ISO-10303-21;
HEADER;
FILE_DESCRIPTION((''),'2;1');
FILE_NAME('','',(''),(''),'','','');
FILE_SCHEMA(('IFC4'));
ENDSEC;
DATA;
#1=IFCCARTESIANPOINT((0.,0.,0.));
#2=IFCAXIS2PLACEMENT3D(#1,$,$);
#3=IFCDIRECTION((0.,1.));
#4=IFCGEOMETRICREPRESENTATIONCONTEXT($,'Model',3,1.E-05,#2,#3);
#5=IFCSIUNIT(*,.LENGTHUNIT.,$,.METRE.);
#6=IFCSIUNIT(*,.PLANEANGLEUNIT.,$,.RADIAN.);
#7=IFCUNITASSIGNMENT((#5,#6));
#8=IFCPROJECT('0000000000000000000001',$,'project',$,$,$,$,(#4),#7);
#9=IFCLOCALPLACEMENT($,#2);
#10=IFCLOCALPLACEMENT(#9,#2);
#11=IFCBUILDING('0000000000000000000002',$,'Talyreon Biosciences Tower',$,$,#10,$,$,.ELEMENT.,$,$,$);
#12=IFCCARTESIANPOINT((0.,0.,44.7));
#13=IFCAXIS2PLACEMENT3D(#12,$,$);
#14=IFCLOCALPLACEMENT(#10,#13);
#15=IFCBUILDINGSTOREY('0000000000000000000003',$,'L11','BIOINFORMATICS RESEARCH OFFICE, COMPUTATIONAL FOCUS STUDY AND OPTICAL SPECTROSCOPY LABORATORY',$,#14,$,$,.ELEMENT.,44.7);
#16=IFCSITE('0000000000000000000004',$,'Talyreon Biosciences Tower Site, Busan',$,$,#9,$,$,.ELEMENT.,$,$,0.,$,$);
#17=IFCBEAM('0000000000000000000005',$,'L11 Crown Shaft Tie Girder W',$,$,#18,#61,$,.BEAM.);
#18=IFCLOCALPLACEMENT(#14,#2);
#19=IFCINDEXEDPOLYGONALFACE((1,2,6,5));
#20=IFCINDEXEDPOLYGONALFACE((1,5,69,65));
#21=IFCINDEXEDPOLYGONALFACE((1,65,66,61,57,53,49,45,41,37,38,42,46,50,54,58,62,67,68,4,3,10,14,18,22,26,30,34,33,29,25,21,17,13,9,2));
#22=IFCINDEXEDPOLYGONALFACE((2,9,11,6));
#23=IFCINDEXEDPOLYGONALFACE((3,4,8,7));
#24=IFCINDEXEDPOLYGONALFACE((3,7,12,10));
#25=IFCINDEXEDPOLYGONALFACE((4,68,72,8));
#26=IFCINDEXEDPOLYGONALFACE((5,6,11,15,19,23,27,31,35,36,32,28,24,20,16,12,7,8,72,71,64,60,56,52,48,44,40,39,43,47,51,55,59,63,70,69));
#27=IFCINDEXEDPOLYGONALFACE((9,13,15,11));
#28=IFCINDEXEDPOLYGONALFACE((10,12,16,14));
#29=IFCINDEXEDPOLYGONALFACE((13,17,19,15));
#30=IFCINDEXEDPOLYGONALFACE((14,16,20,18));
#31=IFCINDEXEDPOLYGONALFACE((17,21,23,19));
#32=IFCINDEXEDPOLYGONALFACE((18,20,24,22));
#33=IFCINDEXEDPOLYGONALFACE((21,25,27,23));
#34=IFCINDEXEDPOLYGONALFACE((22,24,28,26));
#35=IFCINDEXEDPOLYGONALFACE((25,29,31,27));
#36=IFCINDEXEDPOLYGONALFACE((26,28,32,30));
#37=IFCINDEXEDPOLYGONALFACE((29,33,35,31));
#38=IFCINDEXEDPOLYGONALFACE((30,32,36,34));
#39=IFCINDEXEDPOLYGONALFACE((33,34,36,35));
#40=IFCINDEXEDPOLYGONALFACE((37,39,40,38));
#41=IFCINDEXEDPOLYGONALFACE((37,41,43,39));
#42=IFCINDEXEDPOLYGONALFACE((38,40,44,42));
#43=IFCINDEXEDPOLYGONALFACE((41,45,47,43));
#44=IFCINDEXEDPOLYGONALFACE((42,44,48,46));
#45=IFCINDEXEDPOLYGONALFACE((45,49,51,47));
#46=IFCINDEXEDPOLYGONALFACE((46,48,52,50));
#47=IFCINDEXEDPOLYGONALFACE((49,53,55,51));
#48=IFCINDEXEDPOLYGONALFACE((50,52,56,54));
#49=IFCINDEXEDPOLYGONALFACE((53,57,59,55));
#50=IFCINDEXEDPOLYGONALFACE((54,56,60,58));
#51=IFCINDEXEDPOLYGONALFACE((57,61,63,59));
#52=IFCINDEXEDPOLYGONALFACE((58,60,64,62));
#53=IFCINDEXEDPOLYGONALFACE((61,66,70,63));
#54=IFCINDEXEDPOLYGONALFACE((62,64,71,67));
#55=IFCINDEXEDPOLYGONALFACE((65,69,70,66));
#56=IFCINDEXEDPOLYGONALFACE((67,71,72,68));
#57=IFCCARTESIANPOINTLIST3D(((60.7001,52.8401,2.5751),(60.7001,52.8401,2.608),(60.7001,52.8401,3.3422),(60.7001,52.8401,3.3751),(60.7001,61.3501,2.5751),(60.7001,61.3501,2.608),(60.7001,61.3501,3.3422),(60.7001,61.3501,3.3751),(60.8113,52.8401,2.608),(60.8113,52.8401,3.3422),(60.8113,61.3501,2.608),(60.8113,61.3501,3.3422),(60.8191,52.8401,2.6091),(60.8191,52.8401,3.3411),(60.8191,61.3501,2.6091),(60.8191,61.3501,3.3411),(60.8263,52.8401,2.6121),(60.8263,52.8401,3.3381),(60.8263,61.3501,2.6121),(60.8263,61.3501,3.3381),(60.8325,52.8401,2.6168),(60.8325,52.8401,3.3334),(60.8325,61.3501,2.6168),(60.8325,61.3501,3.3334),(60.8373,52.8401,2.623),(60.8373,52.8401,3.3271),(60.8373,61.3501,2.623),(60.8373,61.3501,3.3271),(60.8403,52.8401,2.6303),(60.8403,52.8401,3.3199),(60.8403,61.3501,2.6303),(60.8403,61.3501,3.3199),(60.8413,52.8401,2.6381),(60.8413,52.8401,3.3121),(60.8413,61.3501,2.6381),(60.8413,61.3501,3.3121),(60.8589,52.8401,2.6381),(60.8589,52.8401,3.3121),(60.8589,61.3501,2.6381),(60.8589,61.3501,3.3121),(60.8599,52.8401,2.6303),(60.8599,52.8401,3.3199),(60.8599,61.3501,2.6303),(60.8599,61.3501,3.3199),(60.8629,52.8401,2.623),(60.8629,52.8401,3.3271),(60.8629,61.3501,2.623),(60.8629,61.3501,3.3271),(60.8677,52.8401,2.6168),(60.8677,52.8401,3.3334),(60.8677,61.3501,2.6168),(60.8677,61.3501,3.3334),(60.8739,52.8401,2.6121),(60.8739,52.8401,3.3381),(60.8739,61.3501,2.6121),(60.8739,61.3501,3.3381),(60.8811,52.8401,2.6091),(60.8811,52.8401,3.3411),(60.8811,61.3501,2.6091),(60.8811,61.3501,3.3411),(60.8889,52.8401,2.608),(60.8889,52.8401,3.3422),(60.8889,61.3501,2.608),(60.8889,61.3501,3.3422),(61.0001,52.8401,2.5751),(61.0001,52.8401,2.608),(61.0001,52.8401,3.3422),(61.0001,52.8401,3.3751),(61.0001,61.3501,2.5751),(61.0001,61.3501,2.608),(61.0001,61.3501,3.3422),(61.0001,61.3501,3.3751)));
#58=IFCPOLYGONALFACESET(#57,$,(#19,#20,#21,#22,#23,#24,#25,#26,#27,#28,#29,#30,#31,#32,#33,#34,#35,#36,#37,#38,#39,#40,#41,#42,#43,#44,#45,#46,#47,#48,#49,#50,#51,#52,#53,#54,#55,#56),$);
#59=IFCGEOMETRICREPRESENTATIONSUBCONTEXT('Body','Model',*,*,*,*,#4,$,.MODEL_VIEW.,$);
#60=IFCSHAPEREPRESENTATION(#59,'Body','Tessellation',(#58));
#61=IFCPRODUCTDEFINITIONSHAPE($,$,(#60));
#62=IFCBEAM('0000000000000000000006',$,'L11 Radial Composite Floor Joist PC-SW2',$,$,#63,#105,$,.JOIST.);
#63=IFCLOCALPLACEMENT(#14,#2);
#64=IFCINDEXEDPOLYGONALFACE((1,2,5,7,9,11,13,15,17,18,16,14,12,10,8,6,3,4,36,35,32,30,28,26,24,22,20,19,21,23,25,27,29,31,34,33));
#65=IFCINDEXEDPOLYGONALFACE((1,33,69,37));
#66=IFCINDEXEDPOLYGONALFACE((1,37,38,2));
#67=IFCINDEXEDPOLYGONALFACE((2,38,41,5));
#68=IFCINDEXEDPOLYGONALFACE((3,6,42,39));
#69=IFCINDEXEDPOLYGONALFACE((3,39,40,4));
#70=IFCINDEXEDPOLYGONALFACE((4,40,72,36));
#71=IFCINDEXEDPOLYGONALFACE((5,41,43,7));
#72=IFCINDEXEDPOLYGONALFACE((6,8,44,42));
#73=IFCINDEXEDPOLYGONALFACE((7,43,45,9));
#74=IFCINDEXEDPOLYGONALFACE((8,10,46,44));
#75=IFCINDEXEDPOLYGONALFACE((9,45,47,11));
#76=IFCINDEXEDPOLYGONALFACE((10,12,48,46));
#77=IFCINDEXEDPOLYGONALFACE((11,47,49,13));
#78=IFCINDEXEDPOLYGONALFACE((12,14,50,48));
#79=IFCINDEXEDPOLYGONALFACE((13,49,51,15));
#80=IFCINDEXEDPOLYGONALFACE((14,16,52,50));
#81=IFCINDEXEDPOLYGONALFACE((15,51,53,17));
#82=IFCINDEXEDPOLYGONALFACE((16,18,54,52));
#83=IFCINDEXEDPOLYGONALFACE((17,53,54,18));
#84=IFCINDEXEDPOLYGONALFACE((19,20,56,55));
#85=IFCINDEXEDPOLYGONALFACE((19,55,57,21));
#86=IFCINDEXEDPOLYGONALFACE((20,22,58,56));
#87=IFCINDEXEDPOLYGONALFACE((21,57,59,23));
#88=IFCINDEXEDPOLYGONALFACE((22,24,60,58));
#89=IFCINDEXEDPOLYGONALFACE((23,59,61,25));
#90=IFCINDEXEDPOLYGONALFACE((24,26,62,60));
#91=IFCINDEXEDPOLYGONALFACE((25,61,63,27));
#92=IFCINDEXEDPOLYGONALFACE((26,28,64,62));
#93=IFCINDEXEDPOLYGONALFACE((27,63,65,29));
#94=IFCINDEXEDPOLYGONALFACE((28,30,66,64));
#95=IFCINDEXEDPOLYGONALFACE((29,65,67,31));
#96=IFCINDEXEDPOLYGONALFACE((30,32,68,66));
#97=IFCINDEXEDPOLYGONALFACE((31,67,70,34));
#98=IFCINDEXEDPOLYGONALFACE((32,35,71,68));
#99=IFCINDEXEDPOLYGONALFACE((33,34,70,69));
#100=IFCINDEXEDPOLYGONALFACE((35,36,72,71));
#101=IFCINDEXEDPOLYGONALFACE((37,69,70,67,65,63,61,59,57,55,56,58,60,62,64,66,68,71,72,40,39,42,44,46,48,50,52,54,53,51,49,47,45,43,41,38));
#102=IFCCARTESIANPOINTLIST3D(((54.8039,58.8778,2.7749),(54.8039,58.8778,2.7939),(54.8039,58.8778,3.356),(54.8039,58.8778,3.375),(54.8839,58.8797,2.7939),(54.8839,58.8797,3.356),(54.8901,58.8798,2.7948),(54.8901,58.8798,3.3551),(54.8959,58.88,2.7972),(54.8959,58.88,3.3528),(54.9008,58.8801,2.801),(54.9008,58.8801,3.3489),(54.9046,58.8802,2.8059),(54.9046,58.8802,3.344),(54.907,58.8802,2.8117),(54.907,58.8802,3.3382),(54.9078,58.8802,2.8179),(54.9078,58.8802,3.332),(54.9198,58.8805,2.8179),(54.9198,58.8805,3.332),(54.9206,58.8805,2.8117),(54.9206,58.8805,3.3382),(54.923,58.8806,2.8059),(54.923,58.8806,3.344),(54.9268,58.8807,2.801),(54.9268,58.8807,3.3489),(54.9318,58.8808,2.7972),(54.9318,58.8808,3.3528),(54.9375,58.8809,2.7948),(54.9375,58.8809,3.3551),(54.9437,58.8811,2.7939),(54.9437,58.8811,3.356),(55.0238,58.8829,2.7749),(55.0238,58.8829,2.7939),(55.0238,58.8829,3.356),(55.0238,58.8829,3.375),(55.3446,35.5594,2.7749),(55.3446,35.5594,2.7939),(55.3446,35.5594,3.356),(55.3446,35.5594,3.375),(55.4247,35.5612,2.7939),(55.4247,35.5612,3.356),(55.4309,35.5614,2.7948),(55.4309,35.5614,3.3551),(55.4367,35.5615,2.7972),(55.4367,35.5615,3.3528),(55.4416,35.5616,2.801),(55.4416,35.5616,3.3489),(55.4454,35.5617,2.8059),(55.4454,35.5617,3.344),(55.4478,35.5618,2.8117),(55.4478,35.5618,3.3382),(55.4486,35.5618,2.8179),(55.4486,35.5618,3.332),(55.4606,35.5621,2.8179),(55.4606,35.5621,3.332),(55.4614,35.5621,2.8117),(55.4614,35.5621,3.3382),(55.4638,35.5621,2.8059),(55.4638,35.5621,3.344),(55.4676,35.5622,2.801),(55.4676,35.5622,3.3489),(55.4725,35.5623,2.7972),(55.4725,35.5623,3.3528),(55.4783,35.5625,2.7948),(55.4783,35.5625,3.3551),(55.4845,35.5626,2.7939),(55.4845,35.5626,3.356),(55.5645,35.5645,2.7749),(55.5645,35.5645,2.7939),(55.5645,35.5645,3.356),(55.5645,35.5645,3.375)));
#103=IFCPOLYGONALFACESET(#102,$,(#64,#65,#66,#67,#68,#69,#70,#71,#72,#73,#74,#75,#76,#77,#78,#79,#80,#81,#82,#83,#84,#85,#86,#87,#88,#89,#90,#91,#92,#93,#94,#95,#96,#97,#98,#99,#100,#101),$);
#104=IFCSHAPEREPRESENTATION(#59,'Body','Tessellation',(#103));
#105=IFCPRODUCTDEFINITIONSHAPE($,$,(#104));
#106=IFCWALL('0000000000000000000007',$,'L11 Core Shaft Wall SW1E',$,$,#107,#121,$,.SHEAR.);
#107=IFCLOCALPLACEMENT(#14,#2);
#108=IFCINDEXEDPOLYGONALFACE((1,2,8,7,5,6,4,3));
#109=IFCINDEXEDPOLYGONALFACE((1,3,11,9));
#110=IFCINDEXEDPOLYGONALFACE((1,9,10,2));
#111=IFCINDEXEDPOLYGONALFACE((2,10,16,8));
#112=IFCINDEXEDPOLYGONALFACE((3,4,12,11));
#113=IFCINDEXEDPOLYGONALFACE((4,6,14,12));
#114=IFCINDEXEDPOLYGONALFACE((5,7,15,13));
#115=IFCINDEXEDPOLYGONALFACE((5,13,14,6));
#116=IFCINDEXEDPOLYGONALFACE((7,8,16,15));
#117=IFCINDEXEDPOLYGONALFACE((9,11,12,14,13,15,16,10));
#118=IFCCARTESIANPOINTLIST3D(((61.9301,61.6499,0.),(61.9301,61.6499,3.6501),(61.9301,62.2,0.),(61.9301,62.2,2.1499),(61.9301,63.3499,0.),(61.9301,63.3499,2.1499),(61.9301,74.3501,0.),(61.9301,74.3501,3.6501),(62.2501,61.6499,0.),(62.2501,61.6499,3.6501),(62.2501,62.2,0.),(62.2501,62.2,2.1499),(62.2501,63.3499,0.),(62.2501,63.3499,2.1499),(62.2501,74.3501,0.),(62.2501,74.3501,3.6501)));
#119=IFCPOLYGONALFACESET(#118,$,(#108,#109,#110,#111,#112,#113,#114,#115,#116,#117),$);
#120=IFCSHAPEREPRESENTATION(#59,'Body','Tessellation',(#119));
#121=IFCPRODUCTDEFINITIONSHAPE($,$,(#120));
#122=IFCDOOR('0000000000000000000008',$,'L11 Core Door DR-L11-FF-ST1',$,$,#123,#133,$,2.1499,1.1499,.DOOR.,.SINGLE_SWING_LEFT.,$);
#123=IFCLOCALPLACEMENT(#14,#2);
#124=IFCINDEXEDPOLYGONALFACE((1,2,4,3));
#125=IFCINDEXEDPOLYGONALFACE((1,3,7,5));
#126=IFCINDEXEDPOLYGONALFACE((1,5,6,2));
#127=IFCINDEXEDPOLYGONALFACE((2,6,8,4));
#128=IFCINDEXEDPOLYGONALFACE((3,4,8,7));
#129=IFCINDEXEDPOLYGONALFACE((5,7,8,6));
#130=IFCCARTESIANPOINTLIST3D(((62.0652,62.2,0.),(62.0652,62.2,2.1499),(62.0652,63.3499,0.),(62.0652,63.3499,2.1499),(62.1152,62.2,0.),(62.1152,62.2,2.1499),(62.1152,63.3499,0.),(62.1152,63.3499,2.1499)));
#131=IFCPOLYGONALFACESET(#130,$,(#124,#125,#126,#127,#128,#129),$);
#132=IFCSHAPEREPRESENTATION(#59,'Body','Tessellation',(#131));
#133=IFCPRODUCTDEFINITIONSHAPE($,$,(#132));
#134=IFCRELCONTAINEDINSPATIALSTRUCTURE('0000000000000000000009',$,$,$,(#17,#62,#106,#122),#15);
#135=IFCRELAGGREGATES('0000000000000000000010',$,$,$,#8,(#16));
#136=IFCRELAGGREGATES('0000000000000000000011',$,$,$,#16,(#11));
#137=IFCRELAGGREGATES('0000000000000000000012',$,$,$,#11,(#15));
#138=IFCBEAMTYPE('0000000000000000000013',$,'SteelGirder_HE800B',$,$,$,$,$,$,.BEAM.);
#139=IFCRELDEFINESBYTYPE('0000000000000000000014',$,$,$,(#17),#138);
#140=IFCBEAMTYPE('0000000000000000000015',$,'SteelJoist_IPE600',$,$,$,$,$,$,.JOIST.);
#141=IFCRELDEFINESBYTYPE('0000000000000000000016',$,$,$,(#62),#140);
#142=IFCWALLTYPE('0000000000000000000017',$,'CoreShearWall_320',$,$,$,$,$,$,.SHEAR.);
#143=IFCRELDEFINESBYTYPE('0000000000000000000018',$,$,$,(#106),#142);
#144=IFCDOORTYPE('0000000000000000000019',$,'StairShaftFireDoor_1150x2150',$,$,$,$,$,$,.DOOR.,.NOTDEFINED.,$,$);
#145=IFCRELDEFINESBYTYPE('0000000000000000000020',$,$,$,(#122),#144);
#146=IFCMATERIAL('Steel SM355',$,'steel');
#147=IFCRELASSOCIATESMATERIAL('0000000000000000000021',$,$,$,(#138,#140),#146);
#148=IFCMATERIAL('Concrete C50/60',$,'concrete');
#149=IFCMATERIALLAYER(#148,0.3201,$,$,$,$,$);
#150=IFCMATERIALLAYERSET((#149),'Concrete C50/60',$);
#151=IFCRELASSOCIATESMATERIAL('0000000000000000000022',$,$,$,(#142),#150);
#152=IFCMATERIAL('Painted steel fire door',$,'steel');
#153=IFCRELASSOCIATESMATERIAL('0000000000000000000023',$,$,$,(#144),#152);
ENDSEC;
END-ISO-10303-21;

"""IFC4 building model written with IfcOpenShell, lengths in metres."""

from ifc_helpers import new_model, si_unit, direction, frame, frame_2d, origin, origin_2d, place, context, subcontext, project, spatial, rectangle, i_section, extrude, material, layer, layer_set, material_profile, profile_set, type_object, element, fill, save


model = new_model("IFC4")

# Units and contexts
model_context = context("Model", 3, precision=1e-05, world=origin(), true_north=direction((0.0, 1.0)))
body_context = subcontext(model_context, "Body", "Model", "MODEL_VIEW")
ifc_project = project(units=[si_unit("LENGTHUNIT", "METRE"), si_unit("PLANEANGLEUNIT", "RADIAN")], contexts=[model_context])

# Site, building, storey
site_placement = place(None, origin())
site = spatial("IfcSite", under=ifc_project, at=site_placement, Name="Talyreon Biosciences Tower Site, Busan", CompositionType="ELEMENT", RefElevation=0.0)
building_placement = place(site_placement, origin())
building = spatial("IfcBuilding", under=site, at=building_placement, Name="Talyreon Biosciences Tower", CompositionType="ELEMENT")
storey_placement = place(building_placement, frame((0.0, 0.0, 44.7)))
storey = spatial("IfcBuildingStorey", under=building, at=storey_placement, Name="L11", Description="BIOINFORMATICS RESEARCH OFFICE, COMPUTATIONAL FOCUS STUDY AND OPTICAL SPECTROSCOPY LABORATORY", CompositionType="ELEMENT", Elevation=44.7)

# Beams
ifc_material_1 = material(Name="Steel SM355", Category="steel")
ifc_material_profile_1 = material_profile(ifc_material_1, i_section(OverallWidth=0.3, OverallDepth=0.8, WebThickness=0.0176, FlangeThickness=0.033, FilletRadius=0.03, at=origin_2d()), Name="HE800B")
ifc_profile_set_1 = profile_set([ifc_material_profile_1], Name="Steel SM355")
beam_type_1 = type_object("IfcBeamType", Name="SteelGirder_HE800B", PredefinedType="BEAM", material=ifc_profile_set_1)
beam_1_placement = place(storey_placement, frame((60.8501, 52.8401, 2.9751), z_axis=(0.0, 1.0, 0.0), x_axis=(-1.0, 0.0, 0.0)))
element("IfcBeam", 1, at=beam_1_placement, inside=storey, type_object=beam_type_1, Name="L11 Crown Shaft Tie Girder W", PredefinedType="BEAM", context=body_context, shape_type="SweptSolid", body=[
    extrude(i_section(OverallWidth=0.3, OverallDepth=0.8, WebThickness=0.0176, FlangeThickness=0.033, FilletRadius=0.03, at=origin_2d()), origin(), (0.0, 0.0, 1.0), 8.51),
])
ifc_material_profile_2 = material_profile(ifc_material_1, i_section(OverallWidth=0.22, OverallDepth=0.6001, WebThickness=0.012, FlangeThickness=0.019, FilletRadius=0.0239, at=origin_2d()), Name="IPE600")
ifc_profile_set_2 = profile_set([ifc_material_profile_2], Name="Steel SM355")
beam_type_2 = type_object("IfcBeamType", Name="SteelJoist_IPE600", PredefinedType="JOIST", material=ifc_profile_set_2)
beam_2_placement = place(storey_placement, frame((54.9138, 58.8804, 3.075), z_axis=(0.023185, -0.999731, 0.0), x_axis=(0.999731, 0.023185, 0.0)))
element("IfcBeam", 2, at=beam_2_placement, inside=storey, type_object=beam_type_2, Name="L11 Radial Composite Floor Joist PC-SW2", PredefinedType="JOIST", context=body_context, shape_type="SweptSolid", body=[
    extrude(i_section(OverallWidth=0.22, OverallDepth=0.6001, WebThickness=0.012, FlangeThickness=0.019, FilletRadius=0.0239, at=origin_2d()), origin(), (0.0, 0.0, 1.0), 23.3247),
])

# Wall, opening, door
ifc_material_2 = material(Name="Concrete C50/60", Category="concrete")
ifc_layer_1 = layer(ifc_material_2, 0.3201)
ifc_layer_set_1 = layer_set([ifc_layer_1], Name="Concrete C50/60")
wall_type_1 = type_object("IfcWallType", Name="CoreShearWall_320", PredefinedType="SHEAR", material=ifc_layer_set_1)
wall_1_placement = place(storey_placement, frame((62.0901, 61.6499, 0.0), z_axis=(0.0, 0.0, 1.0), x_axis=(0.0, 1.0, 0.0)))
wall_1 = element("IfcWall", 3, at=wall_1_placement, inside=storey, type_object=wall_type_1, Name="L11 Core Shaft Wall SW1E", PredefinedType="SHEAR", context=body_context, shape_type="SweptSolid", body=[
    extrude(rectangle(XDim=12.7002, YDim=0.3201, at=frame_2d((6.3501, 0.0))), origin(), (0.0, 0.0, 1.0), 3.6501),
])
opening_1_placement = place(wall_1_placement, frame((0.55, 0.0, 0.0)))
opening_1 = element("IfcOpeningElement", 4, at=opening_1_placement, cuts=wall_1, PredefinedType="OPENING", context=body_context, shape_type="SweptSolid", body=[
    extrude(rectangle(XDim=1.1499, YDim=2.1499, at=frame_2d((0.575, 1.075))), frame((0.0, 0.1699, 0.0), z_axis=(0.0, -1.0, 0.0), x_axis=(1.0, 0.0, 0.0)), (0.0, 0.0, 1.0), 0.3401),
])
ifc_material_3 = material(Name="Painted steel fire door", Category="steel")
door_type_1 = type_object("IfcDoorType", Name="StairShaftFireDoor_1150x2150", OperationType="NOTDEFINED", PredefinedType="DOOR", material=ifc_material_3)
door_1_placement = place(opening_1_placement, origin())
door_1 = element("IfcDoor", 5, at=door_1_placement, inside=storey, type_object=door_type_1, Name="L11 Core Door DR-L11-FF-ST1", OperationType="SINGLE_SWING_LEFT", OverallHeight=2.1499, OverallWidth=1.1499, PredefinedType="DOOR", context=body_context, shape_type="SweptSolid", body=[
    extrude(rectangle(XDim=1.1499, YDim=2.1499, at=frame_2d((0.575, 1.075))), frame((0.0, 0.0249, 0.0), z_axis=(0.0, -1.0, 0.0), x_axis=(1.0, 0.0, 0.0)), (0.0, 0.0, 1.0), 0.05),
])
fill(opening_1, door_1)

save(model, "model.ifc")
